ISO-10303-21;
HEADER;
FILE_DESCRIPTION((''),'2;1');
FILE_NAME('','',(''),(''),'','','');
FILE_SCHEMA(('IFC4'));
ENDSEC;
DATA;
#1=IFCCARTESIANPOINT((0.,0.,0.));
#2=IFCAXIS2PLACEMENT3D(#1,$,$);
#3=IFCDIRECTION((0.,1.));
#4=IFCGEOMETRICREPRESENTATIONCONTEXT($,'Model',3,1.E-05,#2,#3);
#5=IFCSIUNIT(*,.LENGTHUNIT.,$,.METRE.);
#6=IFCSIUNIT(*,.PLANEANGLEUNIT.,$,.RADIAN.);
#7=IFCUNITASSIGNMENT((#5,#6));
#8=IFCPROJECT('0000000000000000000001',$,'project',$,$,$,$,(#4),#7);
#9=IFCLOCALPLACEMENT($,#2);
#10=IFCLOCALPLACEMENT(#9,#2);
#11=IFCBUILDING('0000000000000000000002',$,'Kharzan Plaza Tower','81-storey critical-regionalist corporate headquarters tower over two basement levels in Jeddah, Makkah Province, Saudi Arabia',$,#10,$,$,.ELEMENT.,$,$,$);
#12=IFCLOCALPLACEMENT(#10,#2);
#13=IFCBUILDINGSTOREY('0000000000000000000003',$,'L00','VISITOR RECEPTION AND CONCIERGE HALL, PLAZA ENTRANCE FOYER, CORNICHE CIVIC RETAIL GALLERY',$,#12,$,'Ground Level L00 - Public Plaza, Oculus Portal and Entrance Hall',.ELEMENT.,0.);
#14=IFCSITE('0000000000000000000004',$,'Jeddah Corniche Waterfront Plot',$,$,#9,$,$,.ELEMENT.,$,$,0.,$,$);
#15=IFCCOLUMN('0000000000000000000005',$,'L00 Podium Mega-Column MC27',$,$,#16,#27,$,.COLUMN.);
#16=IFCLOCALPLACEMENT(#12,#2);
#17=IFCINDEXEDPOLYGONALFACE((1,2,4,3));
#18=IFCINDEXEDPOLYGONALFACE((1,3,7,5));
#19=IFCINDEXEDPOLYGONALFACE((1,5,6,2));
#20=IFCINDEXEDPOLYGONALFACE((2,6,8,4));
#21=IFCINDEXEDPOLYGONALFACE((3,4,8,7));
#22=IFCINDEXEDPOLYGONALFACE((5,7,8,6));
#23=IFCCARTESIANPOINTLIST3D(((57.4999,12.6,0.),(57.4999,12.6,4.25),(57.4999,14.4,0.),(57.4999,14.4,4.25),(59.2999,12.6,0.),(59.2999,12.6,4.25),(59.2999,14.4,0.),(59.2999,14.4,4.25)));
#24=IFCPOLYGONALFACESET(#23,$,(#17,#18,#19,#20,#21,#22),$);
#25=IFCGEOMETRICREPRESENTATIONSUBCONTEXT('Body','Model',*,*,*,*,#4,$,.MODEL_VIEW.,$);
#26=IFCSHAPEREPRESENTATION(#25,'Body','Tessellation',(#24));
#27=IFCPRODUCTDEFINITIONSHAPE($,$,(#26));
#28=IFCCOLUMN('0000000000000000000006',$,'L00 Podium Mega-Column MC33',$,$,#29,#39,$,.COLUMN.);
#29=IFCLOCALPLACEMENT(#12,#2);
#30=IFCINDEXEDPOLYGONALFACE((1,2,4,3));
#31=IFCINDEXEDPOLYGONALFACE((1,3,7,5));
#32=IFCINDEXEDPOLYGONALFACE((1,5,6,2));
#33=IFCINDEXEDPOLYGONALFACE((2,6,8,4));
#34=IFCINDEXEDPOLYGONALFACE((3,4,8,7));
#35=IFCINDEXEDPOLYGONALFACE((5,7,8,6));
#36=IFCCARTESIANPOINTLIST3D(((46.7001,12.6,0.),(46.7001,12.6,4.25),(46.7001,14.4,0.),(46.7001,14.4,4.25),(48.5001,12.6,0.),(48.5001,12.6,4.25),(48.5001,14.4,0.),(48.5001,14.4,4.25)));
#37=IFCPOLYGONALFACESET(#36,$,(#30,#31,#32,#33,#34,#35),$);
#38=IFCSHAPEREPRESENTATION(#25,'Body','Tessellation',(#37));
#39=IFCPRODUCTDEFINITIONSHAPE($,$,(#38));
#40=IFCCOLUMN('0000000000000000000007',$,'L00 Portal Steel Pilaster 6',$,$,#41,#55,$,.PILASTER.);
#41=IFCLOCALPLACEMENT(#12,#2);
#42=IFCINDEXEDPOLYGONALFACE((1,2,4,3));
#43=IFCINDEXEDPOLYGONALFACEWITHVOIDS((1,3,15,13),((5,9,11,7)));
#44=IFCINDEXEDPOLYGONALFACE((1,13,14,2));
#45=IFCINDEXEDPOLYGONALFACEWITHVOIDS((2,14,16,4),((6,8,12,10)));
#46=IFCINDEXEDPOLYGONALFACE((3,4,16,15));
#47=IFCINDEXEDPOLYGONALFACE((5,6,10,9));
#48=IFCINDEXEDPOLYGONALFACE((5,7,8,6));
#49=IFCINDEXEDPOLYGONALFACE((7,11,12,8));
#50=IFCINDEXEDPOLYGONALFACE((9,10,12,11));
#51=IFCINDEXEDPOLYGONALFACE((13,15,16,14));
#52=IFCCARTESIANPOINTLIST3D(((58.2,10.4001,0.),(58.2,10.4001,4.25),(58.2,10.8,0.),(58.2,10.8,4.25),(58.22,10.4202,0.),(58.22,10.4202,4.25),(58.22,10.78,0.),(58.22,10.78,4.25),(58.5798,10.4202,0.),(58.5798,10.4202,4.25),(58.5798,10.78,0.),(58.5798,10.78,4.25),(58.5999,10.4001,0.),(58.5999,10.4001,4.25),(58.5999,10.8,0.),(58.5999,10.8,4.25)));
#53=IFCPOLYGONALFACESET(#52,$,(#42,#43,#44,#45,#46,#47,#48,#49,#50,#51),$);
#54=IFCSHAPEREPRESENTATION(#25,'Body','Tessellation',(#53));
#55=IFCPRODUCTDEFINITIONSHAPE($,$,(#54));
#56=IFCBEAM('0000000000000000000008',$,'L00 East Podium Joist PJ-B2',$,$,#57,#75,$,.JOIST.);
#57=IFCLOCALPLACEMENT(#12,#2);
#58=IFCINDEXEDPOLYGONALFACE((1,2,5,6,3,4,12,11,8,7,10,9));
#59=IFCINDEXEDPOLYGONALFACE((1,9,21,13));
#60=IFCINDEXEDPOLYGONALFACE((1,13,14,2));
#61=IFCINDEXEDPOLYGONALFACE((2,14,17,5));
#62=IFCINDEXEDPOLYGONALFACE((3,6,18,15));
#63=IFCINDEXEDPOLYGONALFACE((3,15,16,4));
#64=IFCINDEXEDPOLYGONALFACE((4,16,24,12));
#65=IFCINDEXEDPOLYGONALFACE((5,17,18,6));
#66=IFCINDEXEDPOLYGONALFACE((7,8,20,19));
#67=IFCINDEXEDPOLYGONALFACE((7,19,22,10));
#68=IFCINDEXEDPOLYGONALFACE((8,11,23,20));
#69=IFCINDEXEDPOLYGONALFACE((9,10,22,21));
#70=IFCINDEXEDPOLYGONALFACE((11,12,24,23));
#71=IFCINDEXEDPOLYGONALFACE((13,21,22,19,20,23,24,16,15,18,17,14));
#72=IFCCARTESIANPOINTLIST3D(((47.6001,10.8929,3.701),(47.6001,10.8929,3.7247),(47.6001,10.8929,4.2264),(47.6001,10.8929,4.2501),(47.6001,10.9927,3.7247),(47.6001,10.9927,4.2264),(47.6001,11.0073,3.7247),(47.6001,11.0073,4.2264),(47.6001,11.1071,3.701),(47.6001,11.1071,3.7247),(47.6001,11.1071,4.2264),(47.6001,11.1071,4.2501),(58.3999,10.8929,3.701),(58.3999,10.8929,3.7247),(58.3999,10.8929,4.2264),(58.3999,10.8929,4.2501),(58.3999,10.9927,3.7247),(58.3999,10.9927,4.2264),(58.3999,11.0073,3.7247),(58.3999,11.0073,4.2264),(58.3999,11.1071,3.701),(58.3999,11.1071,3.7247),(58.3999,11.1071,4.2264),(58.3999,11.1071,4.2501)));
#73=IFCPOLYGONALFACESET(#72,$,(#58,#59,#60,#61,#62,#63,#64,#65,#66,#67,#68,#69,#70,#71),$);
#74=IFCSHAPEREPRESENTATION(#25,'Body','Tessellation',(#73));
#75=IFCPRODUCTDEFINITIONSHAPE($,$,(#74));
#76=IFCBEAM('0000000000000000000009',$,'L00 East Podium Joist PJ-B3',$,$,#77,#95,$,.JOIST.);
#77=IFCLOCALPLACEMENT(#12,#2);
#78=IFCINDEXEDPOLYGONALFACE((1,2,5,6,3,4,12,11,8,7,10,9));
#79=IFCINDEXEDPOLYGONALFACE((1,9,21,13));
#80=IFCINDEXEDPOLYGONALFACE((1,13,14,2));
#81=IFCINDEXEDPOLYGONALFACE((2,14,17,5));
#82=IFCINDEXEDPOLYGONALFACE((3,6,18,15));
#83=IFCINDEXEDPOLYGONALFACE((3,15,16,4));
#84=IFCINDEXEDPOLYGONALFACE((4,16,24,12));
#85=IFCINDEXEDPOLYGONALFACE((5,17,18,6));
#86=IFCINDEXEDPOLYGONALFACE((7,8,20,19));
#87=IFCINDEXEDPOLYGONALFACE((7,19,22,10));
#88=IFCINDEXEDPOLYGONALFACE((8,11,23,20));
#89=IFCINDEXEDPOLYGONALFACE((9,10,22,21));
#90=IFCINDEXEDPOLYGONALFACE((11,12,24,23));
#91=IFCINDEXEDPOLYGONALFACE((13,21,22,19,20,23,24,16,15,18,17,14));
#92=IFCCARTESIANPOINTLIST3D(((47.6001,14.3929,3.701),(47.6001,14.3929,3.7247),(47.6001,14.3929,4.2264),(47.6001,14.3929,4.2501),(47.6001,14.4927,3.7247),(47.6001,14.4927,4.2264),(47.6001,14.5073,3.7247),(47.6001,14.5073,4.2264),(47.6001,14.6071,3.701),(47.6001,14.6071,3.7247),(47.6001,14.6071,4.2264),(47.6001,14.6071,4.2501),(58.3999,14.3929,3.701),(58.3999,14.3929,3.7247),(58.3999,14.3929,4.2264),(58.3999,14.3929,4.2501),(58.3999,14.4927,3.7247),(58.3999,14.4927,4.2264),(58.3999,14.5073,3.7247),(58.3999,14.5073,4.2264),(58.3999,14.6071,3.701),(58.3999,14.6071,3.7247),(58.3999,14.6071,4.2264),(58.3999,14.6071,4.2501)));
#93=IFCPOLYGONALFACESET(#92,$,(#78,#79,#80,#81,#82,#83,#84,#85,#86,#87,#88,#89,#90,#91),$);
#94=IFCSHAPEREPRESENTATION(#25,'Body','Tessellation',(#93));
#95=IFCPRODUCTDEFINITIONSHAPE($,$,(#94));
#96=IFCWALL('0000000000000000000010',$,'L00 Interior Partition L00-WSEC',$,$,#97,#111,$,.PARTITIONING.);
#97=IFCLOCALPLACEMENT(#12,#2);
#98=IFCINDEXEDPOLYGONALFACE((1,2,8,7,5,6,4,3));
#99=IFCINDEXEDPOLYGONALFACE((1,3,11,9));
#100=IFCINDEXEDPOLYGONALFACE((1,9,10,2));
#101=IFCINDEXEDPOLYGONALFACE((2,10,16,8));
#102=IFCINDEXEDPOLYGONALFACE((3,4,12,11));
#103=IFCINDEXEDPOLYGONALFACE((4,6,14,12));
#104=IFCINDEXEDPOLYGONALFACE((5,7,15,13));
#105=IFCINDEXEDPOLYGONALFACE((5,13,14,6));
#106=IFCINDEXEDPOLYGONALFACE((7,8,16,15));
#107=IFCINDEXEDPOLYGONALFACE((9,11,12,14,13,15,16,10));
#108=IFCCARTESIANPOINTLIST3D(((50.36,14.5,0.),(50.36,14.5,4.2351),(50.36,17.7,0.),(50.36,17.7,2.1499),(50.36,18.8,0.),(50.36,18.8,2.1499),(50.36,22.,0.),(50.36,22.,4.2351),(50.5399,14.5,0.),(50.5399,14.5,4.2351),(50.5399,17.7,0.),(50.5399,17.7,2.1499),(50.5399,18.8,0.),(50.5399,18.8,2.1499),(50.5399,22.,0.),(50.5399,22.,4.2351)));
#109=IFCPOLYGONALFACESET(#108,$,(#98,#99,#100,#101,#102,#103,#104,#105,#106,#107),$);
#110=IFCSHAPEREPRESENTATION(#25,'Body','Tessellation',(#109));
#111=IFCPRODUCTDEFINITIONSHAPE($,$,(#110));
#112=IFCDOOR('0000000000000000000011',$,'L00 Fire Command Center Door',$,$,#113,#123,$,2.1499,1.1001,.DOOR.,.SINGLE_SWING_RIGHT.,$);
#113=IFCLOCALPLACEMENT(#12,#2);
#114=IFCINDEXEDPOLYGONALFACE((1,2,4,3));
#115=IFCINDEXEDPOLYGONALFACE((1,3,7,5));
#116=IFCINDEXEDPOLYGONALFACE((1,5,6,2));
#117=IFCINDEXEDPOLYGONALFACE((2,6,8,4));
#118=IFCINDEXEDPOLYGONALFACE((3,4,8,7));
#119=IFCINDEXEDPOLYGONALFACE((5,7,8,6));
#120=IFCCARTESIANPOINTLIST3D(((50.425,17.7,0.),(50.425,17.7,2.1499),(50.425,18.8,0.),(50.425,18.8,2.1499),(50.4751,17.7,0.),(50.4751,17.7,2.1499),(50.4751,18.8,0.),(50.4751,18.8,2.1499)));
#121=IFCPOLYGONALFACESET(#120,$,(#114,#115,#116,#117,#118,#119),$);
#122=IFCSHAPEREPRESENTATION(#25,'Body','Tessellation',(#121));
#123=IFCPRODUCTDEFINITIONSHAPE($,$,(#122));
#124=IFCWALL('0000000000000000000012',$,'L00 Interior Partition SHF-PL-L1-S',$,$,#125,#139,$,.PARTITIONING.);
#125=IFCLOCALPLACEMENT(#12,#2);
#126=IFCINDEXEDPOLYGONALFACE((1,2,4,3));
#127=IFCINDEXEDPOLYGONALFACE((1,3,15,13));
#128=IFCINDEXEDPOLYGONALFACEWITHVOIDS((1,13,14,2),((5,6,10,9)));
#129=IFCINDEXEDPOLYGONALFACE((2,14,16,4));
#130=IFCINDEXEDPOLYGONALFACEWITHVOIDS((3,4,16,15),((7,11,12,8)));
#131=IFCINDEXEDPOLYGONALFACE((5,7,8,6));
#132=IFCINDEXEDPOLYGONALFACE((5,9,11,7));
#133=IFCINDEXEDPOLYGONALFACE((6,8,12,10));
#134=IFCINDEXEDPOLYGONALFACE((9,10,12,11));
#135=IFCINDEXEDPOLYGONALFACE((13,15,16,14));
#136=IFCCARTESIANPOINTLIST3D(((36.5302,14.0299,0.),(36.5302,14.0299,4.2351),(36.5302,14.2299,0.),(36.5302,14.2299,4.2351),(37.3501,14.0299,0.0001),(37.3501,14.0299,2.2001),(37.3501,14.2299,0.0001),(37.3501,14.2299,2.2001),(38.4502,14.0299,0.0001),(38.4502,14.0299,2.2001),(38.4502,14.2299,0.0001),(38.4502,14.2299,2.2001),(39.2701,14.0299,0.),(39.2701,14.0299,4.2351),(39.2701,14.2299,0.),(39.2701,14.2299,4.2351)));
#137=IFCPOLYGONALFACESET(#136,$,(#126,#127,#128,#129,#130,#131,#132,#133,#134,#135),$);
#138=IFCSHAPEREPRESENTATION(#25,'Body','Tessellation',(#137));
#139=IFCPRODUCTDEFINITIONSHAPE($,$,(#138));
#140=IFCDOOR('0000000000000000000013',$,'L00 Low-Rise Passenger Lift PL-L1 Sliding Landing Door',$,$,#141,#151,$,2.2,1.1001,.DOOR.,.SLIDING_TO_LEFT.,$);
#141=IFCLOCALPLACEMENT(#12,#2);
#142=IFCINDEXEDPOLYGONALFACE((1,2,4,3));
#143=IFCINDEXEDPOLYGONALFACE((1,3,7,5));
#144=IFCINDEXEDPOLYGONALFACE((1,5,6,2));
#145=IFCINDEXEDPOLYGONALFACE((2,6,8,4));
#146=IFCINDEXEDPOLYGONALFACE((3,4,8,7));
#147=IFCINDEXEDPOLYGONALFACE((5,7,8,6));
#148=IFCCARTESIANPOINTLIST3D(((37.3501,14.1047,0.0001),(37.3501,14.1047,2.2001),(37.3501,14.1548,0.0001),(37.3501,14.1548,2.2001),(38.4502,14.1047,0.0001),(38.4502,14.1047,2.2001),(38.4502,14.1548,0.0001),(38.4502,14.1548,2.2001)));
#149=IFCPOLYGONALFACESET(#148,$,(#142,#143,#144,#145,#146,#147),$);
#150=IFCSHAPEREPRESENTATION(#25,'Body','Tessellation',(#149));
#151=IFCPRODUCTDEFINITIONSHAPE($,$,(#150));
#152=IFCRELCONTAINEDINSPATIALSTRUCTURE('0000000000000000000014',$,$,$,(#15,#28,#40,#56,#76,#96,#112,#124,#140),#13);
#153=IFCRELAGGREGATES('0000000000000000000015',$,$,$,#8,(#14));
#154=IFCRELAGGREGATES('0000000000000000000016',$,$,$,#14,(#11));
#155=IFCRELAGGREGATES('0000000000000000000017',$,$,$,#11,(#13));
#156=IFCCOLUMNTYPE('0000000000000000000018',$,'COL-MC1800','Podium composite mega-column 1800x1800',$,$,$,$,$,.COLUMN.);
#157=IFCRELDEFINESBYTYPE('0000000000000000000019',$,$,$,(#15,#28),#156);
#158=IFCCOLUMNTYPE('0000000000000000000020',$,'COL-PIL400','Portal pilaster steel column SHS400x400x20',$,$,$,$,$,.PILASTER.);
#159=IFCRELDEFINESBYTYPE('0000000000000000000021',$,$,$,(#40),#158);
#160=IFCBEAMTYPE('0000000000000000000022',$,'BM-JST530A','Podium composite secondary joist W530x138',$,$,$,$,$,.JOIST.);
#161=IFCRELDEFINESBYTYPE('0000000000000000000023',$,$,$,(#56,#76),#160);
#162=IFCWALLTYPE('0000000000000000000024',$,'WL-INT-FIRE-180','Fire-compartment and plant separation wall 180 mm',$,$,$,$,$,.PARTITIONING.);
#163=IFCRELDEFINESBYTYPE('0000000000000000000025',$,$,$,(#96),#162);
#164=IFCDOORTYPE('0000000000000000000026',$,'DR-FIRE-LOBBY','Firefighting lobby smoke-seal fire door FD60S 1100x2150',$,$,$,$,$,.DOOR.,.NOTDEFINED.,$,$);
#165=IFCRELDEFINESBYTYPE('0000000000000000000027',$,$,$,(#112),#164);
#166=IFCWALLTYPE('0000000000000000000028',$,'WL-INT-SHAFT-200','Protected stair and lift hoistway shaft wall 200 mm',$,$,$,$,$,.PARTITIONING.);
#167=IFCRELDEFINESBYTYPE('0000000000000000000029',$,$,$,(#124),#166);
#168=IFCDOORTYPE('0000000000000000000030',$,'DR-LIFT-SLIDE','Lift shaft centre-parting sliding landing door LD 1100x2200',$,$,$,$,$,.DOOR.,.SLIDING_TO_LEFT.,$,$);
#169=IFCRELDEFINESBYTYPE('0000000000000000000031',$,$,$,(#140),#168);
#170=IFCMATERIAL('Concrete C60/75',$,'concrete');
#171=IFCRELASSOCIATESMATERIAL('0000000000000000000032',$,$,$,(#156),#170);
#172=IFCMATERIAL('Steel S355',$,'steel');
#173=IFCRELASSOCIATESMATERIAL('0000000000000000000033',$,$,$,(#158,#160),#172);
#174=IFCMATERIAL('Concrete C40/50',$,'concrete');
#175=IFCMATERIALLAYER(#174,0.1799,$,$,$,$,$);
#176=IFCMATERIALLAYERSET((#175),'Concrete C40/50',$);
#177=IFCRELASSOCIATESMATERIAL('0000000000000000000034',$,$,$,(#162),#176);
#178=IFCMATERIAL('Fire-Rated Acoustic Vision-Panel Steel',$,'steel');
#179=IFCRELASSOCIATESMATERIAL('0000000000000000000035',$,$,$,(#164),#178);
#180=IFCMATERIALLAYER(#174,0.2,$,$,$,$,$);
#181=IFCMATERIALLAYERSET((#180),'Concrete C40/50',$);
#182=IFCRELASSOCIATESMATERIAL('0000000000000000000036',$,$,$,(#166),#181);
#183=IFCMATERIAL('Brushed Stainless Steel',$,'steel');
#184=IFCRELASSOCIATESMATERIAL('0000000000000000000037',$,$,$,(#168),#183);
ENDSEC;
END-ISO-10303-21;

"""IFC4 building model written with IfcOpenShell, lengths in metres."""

from ifc_helpers import new_model, si_unit, direction, frame, frame_2d, origin, origin_2d, place, context, subcontext, project, spatial, rectangle, hollow_rectangle, i_section, extrude, source, transform, mapped, material, layer, layer_set, material_profile, profile_set, type_object, element, fill, save


model = new_model("IFC4")

# Units and contexts
model_context = context("Model", 3, precision=1e-05, world=origin(), true_north=direction((0.0, 1.0)))
body_context = subcontext(model_context, "Body", "Model", "MODEL_VIEW")
ifc_project = project(units=[si_unit("LENGTHUNIT", "METRE"), si_unit("PLANEANGLEUNIT", "RADIAN")], contexts=[model_context])

# Site, building, storey
site_placement = place(None, origin())
site = spatial("IfcSite", under=ifc_project, at=site_placement, Name="Jeddah Corniche Waterfront Plot", CompositionType="ELEMENT", RefElevation=0.0)
building_placement = place(site_placement, origin())
building = spatial("IfcBuilding", under=site, at=building_placement, Name="Kharzan Plaza Tower", Description="81-storey critical-regionalist corporate headquarters tower over two basement levels in Jeddah, Makkah Province, Saudi Arabia", CompositionType="ELEMENT")
storey_placement = place(building_placement, origin())
storey = spatial("IfcBuildingStorey", under=building, at=storey_placement, Name="L00", Description="VISITOR RECEPTION AND CONCIERGE HALL, PLAZA ENTRANCE FOYER, CORNICHE CIVIC RETAIL GALLERY", LongName="Ground Level L00 - Public Plaza, Oculus Portal and Entrance Hall", CompositionType="ELEMENT", Elevation=0.0)

# Columns
ifc_material_1 = material(Name="Concrete C60/75", Category="concrete")
ifc_material_profile_1 = material_profile(ifc_material_1, rectangle(XDim=1.8, YDim=1.8, at=origin_2d()), Name="RC-MC1800x1800")
ifc_profile_set_1 = profile_set([ifc_material_profile_1], Name="Concrete C60/75")
column_type_1 = type_object("IfcColumnType", Name="COL-MC1800", Description="Podium composite mega-column 1800x1800", PredefinedType="COLUMN", material=ifc_profile_set_1)
shared_shape_1 = source(origin(), body_context, "Body", "SweptSolid", [
    extrude(rectangle(XDim=1.8, YDim=1.8, at=origin_2d()), origin(), (0.0, 0.0, 1.0), 4.25),
])
for number, where, z_axis, x_axis, name in (
    (1, (58.3999, 13.5, 0.0), (0.0, 0.0, 1.0), (1.0, 0.0, 0.0), "L00 Podium Mega-Column MC27"),
    (2, (47.6001, 13.5, 0.0), (0.0, 0.0, 1.0), (1.0, 0.0, 0.0), "L00 Podium Mega-Column MC33"),
):
    element("IfcColumn", number, at=place(storey_placement, frame(where, z_axis=z_axis, x_axis=x_axis)), inside=storey, type_object=column_type_1, Name=name, PredefinedType="COLUMN", context=body_context, shape_type="MappedRepresentation", body=[
        mapped(shared_shape_1, transform((0.0, 0.0, 0.0), x_axis=(1.0, 0.0, 0.0), y_axis=(0.0, 1.0, 0.0), z_axis=(0.0, 0.0, 1.0))),
    ])
ifc_material_2 = material(Name="Steel S355", Category="steel")
ifc_material_profile_2 = material_profile(ifc_material_2, hollow_rectangle(XDim=0.3999, YDim=0.3999, WallThickness=0.02, at=origin_2d()), Name="SHS400x400x20")
ifc_profile_set_2 = profile_set([ifc_material_profile_2], Name="Steel S355")
column_type_2 = type_object("IfcColumnType", Name="COL-PIL400", Description="Portal pilaster steel column SHS400x400x20", PredefinedType="PILASTER", material=ifc_profile_set_2)
shared_shape_2 = source(origin(), body_context, "Body", "SweptSolid", [
    extrude(hollow_rectangle(XDim=0.3999, YDim=0.3999, WallThickness=0.02, at=origin_2d()), origin(), (0.0, 0.0, 1.0), 4.25),
])
column_placement = place(storey_placement, frame((58.3999, 10.6001, 0.0), z_axis=(0.0, 0.0, 1.0), x_axis=(1.0, 0.0, 0.0)))
element("IfcColumn", 3, at=column_placement, inside=storey, type_object=column_type_2, Name="L00 Portal Steel Pilaster 6", PredefinedType="PILASTER", context=body_context, shape_type="MappedRepresentation", body=[
    mapped(shared_shape_2, transform((0.0, 0.0, 0.0), x_axis=(1.0, 0.0, 0.0), y_axis=(0.0, 1.0, 0.0), z_axis=(0.0, 0.0, 1.0))),
])

# Beams
ifc_material_profile_3 = material_profile(ifc_material_2, i_section(OverallWidth=0.2141, OverallDepth=0.5491, WebThickness=0.0146, FlangeThickness=0.0237, at=origin_2d()), Name="W530x138")
ifc_profile_set_3 = profile_set([ifc_material_profile_3], Name="Steel S355")
beam_type = type_object("IfcBeamType", Name="BM-JST530A", Description="Podium composite secondary joist W530x138", PredefinedType="JOIST", material=ifc_profile_set_3)
shared_shape_3 = source(origin(), body_context, "Body", "SweptSolid", [
    extrude(i_section(OverallWidth=0.2141, OverallDepth=0.5491, WebThickness=0.0146, FlangeThickness=0.0237, at=origin_2d()), origin(), (0.0, 0.0, 1.0), 10.7998),
])
for number, where, z_axis, x_axis, name in (
    (4, (47.6001, 11.0, 3.9756), (1.0, 0.0, 0.0), (0.0, 1.0, 0.0), "L00 East Podium Joist PJ-B2"),
    (5, (47.6001, 14.5, 3.9756), (1.0, 0.0, 0.0), (0.0, 1.0, 0.0), "L00 East Podium Joist PJ-B3"),
):
    element("IfcBeam", number, at=place(storey_placement, frame(where, z_axis=z_axis, x_axis=x_axis)), inside=storey, type_object=beam_type, Name=name, PredefinedType="JOIST", context=body_context, shape_type="MappedRepresentation", body=[
        mapped(shared_shape_3, transform((0.0, 0.0, 0.0), x_axis=(1.0, 0.0, 0.0), y_axis=(0.0, 1.0, 0.0), z_axis=(0.0, 0.0, 1.0))),
    ])

# Walls, openings, doors
ifc_material_3 = material(Name="Concrete C40/50", Category="concrete")
ifc_layer_1 = layer(ifc_material_3, 0.1799)
ifc_layer_set_1 = layer_set([ifc_layer_1], Name="Concrete C40/50")
wall_type_1 = type_object("IfcWallType", Name="WL-INT-FIRE-180", Description="Fire-compartment and plant separation wall 180 mm", PredefinedType="PARTITIONING", material=ifc_layer_set_1)
wall_1_placement = place(storey_placement, frame((50.45, 14.5, 0.0), z_axis=(0.0, 0.0, 1.0), x_axis=(0.0, 1.0, 0.0)))
wall_1 = element("IfcWall", 6, at=wall_1_placement, inside=storey, type_object=wall_type_1, Name="L00 Interior Partition L00-WSEC", PredefinedType="PARTITIONING", context=body_context, shape_type="SweptSolid", body=[
    extrude(rectangle(XDim=7.5, YDim=0.1799, at=frame_2d((3.75, 0.0))), origin(), (0.0, 0.0, 1.0), 4.2351),
])
opening_1_placement = place(wall_1_placement, frame((3.2, 0.0, 0.0)))
opening_1 = element("IfcOpeningElement", 7, at=opening_1_placement, cuts=wall_1, PredefinedType="OPENING", context=body_context, shape_type="SweptSolid", body=[
    extrude(rectangle(XDim=1.1001, YDim=2.1499, at=frame_2d((0.55, 1.075))), frame((0.0, 0.0999, 0.0), z_axis=(0.0, -1.0, 0.0), x_axis=(1.0, 0.0, 0.0)), (0.0, 0.0, 1.0), 0.2),
])
ifc_material_4 = material(Name="Fire-Rated Acoustic Vision-Panel Steel", Category="steel")
door_type_1 = type_object("IfcDoorType", Name="DR-FIRE-LOBBY", Description="Firefighting lobby smoke-seal fire door FD60S 1100x2150", OperationType="NOTDEFINED", PredefinedType="DOOR", material=ifc_material_4)
shared_shape_4 = source(origin(), body_context, "Body", "SweptSolid", [
    extrude(rectangle(XDim=1.1001, YDim=2.1499, at=frame_2d((0.55, 1.075))), frame((0.0, 0.0249, 0.0), z_axis=(0.0, -1.0, 0.0), x_axis=(1.0, 0.0, 0.0)), (0.0, 0.0, 1.0), 0.05),
])
door_1_placement = place(opening_1_placement, origin())
door_1 = element("IfcDoor", 8, at=door_1_placement, inside=storey, type_object=door_type_1, Name="L00 Fire Command Center Door", OperationType="SINGLE_SWING_RIGHT", OverallHeight=2.1499, OverallWidth=1.1001, PredefinedType="DOOR", context=body_context, shape_type="MappedRepresentation", body=[
    mapped(shared_shape_4, transform((0.0, 0.0, 0.0), x_axis=(1.0, 0.0, 0.0), y_axis=(0.0, 1.0, 0.0), z_axis=(0.0, 0.0, 1.0))),
])
fill(opening_1, door_1)
ifc_layer_2 = layer(ifc_material_3, 0.2)
ifc_layer_set_2 = layer_set([ifc_layer_2], Name="Concrete C40/50")
wall_type_2 = type_object("IfcWallType", Name="WL-INT-SHAFT-200", Description="Protected stair and lift hoistway shaft wall 200 mm", PredefinedType="PARTITIONING", material=ifc_layer_set_2)
wall_2_placement = place(storey_placement, frame((36.53, 14.1299, 0.0), z_axis=(0.0, 0.0, 1.0), x_axis=(1.0, 0.0, 0.0)))
wall_2 = element("IfcWall", 9, at=wall_2_placement, inside=storey, type_object=wall_type_2, Name="L00 Interior Partition SHF-PL-L1-S", PredefinedType="PARTITIONING", context=body_context, shape_type="SweptSolid", body=[
    extrude(rectangle(XDim=2.74, YDim=0.2, at=frame_2d((1.3701, 0.0))), origin(), (0.0, 0.0, 1.0), 4.2351),
])
opening_2_placement = place(wall_2_placement, frame((0.8201, 0.0, 0.0)))
opening_2 = element("IfcOpeningElement", 10, at=opening_2_placement, cuts=wall_2, PredefinedType="OPENING", context=body_context, shape_type="SweptSolid", body=[
    extrude(rectangle(XDim=1.1001, YDim=2.2, at=frame_2d((0.55, 1.1001))), frame((0.0, 0.1099, 0.0), z_axis=(0.0, -1.0, 0.0), x_axis=(1.0, 0.0, 0.0)), (0.0, 0.0, 1.0), 0.22),
])
ifc_material_5 = material(Name="Brushed Stainless Steel", Category="steel")
door_type_2 = type_object("IfcDoorType", Name="DR-LIFT-SLIDE", Description="Lift shaft centre-parting sliding landing door LD 1100x2200", OperationType="SLIDING_TO_LEFT", PredefinedType="DOOR", material=ifc_material_5)
shared_shape_5 = source(origin(), body_context, "Body", "SweptSolid", [
    extrude(rectangle(XDim=1.1001, YDim=2.2, at=frame_2d((0.55, 1.1001))), frame((0.0, 0.0249, 0.0), z_axis=(0.0, -1.0, 0.0), x_axis=(1.0, 0.0, 0.0)), (0.0, 0.0, 1.0), 0.05),
])
door_2_placement = place(opening_2_placement, origin())
door_2 = element("IfcDoor", 11, at=door_2_placement, inside=storey, type_object=door_type_2, Name="L00 Low-Rise Passenger Lift PL-L1 Sliding Landing Door", OperationType="SLIDING_TO_LEFT", OverallHeight=2.2, OverallWidth=1.1001, PredefinedType="DOOR", context=body_context, shape_type="MappedRepresentation", body=[
    mapped(shared_shape_5, transform((0.0, 0.0, 0.0), x_axis=(1.0, 0.0, 0.0), y_axis=(0.0, 1.0, 0.0), z_axis=(0.0, 0.0, 1.0))),
])
fill(opening_2, door_2)

save(model, "model.ifc")
